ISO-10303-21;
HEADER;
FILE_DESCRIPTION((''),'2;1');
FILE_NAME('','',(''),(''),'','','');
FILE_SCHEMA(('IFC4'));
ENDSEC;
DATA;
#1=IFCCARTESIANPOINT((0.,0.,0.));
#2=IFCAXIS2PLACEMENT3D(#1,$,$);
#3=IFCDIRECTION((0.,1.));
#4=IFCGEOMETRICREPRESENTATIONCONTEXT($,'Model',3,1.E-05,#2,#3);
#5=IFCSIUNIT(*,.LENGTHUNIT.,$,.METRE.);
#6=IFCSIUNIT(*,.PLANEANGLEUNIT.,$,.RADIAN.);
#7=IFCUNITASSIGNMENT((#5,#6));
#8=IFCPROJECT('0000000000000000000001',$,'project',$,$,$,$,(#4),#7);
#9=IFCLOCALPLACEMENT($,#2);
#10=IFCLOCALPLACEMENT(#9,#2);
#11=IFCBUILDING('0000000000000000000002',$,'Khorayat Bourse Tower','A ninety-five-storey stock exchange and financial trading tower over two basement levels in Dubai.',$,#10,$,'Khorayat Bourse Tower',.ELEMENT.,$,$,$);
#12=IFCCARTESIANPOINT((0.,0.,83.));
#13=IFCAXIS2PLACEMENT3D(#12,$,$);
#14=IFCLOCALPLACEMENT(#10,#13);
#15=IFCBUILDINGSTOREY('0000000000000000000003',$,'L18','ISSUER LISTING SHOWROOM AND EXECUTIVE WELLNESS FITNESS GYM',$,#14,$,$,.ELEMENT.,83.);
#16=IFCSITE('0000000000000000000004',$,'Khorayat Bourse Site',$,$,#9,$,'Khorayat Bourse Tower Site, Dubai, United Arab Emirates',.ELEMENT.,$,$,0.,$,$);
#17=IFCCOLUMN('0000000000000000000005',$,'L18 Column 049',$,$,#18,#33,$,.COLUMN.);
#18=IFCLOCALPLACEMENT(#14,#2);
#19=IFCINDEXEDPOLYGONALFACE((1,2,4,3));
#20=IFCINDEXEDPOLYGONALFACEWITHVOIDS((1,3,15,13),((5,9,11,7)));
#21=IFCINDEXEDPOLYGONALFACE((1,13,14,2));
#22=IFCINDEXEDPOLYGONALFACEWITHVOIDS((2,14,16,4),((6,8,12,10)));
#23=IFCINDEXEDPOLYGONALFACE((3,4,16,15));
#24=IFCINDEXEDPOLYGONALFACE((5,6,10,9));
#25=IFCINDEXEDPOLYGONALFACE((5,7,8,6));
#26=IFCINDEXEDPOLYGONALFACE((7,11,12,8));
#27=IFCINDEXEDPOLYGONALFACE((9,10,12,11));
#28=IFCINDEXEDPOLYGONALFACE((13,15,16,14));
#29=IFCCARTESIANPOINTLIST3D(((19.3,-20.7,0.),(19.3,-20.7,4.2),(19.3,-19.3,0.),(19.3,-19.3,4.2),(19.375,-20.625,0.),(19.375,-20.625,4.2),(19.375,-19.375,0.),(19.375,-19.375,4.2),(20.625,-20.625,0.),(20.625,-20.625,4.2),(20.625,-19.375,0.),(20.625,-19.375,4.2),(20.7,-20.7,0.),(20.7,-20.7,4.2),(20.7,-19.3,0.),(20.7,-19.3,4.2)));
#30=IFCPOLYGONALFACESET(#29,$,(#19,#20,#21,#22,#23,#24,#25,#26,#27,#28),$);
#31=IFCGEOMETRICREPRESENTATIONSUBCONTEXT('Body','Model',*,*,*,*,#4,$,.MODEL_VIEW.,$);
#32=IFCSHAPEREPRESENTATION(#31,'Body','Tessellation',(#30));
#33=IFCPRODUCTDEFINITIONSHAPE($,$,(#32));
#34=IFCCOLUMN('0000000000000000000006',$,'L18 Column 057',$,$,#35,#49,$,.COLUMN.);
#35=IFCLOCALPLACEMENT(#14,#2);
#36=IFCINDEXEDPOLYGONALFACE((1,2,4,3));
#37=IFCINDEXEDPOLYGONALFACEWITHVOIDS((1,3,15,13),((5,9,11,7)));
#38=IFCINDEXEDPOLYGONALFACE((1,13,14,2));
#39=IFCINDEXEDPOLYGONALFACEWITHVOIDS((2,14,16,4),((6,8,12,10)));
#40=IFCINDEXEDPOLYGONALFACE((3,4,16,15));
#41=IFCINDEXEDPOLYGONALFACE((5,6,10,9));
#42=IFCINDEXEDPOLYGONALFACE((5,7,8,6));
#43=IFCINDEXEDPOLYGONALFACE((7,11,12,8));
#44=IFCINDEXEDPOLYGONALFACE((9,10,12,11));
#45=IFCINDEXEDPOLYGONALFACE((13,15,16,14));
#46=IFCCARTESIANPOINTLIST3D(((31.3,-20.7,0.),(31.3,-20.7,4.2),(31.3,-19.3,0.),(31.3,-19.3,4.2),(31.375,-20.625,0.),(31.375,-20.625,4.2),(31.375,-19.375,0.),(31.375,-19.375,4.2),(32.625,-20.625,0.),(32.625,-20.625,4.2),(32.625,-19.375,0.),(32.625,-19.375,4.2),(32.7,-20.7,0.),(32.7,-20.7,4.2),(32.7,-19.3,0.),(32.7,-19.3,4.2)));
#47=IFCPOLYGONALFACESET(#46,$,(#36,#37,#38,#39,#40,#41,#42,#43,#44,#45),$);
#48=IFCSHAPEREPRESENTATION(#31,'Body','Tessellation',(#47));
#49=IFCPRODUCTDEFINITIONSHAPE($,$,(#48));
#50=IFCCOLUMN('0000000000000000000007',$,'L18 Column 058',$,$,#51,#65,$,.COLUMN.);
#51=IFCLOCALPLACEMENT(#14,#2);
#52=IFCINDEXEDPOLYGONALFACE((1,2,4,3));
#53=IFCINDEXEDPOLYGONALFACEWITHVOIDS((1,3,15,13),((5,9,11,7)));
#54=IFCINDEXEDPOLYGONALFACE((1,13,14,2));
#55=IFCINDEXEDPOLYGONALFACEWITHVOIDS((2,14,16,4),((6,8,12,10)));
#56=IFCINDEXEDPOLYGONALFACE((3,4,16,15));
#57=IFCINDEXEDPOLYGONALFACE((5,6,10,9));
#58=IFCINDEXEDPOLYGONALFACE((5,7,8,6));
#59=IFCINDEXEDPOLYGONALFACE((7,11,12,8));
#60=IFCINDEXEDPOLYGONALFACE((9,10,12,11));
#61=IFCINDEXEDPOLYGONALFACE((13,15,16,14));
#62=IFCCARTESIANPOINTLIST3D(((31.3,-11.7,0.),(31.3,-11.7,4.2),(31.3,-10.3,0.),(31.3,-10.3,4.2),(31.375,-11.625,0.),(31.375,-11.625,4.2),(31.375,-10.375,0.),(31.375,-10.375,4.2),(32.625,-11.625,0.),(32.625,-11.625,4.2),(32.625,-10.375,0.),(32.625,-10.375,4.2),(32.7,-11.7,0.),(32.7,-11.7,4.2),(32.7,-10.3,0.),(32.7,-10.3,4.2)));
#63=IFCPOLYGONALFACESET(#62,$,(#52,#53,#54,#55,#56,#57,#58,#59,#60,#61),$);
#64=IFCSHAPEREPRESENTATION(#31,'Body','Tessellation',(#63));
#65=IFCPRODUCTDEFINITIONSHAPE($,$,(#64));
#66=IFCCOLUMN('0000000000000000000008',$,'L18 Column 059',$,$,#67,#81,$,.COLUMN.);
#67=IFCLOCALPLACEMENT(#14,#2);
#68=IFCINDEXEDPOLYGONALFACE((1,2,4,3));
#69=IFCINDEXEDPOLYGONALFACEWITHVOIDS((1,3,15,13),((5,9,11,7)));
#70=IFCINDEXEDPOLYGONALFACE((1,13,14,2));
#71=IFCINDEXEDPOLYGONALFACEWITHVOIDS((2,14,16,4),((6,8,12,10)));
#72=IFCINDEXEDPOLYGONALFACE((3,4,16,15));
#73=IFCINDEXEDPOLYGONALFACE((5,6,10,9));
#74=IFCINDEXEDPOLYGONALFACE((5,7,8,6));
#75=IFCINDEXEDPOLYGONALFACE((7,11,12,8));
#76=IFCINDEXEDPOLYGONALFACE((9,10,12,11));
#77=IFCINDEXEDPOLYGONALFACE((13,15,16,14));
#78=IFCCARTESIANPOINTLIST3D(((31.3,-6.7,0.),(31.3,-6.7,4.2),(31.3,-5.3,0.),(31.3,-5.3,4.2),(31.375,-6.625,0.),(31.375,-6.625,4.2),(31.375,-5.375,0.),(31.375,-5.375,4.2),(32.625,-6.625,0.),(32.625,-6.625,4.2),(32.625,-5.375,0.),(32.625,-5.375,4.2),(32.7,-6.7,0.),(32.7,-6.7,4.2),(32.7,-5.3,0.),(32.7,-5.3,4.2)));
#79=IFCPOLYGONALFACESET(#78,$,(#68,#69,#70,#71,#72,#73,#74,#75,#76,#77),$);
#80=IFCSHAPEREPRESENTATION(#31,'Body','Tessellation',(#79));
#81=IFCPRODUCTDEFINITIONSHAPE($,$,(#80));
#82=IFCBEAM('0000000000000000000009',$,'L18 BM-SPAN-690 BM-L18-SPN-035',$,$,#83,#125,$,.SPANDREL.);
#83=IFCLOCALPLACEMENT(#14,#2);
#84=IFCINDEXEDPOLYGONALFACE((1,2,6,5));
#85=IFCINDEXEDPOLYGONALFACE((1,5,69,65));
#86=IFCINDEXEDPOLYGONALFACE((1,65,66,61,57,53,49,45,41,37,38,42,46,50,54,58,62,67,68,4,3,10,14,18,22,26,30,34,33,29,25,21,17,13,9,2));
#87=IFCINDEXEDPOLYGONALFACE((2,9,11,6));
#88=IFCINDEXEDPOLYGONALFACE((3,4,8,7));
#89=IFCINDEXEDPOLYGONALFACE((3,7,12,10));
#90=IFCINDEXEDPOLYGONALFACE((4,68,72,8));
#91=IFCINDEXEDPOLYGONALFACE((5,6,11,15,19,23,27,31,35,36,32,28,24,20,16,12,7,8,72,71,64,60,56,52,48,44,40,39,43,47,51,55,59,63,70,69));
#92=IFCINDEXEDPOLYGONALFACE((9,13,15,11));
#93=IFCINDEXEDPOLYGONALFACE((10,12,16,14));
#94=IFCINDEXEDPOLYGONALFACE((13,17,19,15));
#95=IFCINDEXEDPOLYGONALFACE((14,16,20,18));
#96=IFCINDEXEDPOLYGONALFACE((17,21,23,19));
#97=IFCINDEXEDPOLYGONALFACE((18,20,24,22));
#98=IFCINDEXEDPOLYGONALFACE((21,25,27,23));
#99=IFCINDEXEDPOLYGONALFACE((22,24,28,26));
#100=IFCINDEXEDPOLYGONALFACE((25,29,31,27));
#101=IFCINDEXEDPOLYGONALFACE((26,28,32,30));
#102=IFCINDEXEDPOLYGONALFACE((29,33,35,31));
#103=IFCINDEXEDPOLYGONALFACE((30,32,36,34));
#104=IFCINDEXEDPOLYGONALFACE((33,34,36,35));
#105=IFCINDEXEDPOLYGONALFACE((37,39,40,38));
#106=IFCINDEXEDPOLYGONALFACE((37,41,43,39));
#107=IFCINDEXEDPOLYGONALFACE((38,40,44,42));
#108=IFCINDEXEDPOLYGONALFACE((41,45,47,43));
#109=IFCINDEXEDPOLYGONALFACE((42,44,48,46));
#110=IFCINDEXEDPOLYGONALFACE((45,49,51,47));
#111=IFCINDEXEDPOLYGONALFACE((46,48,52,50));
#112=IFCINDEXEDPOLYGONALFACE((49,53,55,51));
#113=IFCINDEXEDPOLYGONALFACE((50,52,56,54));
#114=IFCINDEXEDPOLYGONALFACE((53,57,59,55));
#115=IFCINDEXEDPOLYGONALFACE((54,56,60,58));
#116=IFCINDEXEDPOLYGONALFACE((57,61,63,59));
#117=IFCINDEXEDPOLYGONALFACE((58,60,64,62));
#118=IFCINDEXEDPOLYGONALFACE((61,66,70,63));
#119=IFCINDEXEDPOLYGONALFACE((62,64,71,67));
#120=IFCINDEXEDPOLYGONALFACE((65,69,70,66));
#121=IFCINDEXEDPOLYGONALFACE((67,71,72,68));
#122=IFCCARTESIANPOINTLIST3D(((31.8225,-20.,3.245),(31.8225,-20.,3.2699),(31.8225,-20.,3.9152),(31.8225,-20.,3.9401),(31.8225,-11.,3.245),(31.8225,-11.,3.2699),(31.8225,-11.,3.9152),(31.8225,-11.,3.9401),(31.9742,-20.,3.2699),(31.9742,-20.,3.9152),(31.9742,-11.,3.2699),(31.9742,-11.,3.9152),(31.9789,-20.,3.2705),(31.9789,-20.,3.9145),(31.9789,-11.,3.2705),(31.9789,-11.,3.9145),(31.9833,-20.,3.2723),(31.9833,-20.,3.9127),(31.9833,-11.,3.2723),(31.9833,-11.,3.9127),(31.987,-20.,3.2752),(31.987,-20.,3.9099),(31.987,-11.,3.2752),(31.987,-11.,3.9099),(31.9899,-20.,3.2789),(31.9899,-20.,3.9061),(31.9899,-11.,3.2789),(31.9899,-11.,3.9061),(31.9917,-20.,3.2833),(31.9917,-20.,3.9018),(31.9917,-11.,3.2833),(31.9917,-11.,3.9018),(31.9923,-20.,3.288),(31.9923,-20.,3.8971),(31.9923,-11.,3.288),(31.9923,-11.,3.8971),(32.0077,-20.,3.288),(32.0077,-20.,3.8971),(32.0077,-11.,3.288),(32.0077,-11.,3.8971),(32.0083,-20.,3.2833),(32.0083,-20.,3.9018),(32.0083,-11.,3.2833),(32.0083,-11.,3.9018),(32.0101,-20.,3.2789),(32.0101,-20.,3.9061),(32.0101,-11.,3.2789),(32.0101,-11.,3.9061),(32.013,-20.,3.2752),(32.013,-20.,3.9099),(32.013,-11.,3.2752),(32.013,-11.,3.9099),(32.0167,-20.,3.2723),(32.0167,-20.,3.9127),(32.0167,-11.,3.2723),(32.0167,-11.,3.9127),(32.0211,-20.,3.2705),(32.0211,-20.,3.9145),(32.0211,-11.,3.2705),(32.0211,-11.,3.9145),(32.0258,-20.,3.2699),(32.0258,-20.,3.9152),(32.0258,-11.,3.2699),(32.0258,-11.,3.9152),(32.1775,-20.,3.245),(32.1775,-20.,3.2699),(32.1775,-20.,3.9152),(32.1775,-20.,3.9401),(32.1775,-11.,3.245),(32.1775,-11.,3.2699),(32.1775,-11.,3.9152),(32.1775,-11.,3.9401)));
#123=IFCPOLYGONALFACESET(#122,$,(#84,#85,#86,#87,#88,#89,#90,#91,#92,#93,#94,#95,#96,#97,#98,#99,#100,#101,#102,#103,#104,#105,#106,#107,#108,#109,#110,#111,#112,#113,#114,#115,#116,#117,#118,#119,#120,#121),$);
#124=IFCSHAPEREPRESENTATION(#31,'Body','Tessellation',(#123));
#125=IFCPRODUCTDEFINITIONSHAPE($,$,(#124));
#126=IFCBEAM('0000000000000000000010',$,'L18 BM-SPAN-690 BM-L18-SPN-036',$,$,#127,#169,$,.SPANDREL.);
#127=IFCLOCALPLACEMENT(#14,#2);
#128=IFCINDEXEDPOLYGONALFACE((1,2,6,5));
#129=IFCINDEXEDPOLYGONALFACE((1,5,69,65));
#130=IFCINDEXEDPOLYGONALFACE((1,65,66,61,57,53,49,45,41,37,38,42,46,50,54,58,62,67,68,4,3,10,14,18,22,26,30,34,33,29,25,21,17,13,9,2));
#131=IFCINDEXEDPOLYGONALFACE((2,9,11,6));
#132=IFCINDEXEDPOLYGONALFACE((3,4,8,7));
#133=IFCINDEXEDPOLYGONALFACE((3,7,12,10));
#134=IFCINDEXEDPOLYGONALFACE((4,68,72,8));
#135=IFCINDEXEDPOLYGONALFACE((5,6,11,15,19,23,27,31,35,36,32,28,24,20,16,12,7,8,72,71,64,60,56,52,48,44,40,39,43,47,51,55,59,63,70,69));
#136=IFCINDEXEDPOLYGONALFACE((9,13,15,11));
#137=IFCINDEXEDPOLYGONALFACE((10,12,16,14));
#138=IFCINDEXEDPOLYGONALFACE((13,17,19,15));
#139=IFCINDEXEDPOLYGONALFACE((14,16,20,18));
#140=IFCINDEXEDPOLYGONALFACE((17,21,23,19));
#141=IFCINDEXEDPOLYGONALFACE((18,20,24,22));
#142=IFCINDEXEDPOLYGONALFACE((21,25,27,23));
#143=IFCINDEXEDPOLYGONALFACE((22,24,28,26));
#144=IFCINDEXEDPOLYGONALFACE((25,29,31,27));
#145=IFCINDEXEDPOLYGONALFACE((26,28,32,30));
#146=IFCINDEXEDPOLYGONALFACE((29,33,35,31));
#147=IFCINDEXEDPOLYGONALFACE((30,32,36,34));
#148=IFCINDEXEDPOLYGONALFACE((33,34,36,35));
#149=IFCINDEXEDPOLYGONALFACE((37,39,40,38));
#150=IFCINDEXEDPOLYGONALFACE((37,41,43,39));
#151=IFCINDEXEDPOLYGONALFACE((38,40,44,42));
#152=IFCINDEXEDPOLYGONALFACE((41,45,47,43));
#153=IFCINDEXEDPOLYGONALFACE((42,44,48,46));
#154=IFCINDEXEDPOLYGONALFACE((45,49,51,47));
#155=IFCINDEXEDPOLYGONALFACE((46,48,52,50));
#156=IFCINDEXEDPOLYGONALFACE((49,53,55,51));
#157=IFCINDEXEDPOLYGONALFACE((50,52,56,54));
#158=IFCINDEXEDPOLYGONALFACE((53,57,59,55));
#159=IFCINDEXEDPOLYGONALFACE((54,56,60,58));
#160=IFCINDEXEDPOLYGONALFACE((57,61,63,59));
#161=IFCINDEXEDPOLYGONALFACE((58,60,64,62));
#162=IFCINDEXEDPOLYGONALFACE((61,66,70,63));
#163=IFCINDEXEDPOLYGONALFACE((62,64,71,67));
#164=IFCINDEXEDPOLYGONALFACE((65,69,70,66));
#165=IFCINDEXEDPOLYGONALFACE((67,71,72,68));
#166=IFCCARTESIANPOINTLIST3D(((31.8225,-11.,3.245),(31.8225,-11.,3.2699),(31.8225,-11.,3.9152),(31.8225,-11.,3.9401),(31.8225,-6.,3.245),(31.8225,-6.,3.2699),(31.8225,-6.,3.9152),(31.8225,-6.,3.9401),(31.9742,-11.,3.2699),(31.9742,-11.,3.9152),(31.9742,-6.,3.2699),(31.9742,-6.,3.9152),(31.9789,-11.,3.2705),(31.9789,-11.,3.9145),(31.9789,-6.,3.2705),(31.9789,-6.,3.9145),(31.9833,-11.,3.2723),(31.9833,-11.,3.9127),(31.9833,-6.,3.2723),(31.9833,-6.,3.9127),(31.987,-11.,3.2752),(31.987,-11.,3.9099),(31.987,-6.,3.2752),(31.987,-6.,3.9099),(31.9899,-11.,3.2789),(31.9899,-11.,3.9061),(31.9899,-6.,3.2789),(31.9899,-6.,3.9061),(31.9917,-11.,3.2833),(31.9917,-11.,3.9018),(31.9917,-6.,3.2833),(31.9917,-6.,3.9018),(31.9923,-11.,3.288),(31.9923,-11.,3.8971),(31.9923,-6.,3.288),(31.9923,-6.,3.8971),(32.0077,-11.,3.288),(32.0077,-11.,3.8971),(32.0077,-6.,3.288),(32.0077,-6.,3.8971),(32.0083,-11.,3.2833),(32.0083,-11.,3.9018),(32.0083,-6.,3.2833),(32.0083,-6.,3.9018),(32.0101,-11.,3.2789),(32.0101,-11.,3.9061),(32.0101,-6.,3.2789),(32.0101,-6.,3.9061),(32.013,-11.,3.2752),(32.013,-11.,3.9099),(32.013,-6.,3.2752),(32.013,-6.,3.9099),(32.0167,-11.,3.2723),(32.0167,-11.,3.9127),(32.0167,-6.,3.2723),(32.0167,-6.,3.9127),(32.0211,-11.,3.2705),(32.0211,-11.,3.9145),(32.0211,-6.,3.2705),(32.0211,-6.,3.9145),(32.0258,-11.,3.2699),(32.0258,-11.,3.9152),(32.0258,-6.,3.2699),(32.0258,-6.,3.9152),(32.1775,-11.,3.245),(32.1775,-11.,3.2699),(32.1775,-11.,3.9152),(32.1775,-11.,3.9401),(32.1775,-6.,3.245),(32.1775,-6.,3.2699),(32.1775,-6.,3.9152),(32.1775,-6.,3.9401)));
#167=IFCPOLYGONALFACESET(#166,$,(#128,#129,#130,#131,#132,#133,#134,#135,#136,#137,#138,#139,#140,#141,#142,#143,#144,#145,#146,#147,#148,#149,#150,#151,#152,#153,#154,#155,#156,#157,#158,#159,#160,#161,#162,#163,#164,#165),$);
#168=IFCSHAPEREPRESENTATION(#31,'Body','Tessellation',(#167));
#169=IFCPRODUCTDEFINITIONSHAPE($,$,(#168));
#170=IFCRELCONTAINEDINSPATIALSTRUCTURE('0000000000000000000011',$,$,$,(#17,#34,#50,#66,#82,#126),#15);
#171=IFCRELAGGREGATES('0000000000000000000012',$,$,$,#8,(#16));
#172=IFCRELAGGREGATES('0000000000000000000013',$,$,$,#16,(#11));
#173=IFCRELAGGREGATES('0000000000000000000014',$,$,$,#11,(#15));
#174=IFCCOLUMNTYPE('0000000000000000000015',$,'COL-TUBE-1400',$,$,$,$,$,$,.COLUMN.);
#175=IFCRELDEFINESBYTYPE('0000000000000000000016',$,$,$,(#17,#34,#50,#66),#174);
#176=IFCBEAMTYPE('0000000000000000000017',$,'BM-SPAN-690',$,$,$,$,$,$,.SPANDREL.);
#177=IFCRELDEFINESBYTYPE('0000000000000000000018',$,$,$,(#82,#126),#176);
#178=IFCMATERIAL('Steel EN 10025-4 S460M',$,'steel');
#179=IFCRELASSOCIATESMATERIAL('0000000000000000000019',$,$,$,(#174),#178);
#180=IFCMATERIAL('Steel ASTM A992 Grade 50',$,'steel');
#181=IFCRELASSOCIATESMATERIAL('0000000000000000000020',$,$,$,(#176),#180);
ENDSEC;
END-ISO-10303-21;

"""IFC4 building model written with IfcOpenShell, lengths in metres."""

from ifc_helpers import new_model, si_unit, direction, frame, origin, origin_2d, place, context, subcontext, project, spatial, hollow_rectangle, i_section, extrude, source, transform, mapped, material, material_profile, profile_set, type_object, element, save


model = new_model("IFC4")

# Units and contexts
model_context = context("Model", 3, precision=1e-05, world=origin(), true_north=direction((0.0, 1.0)))
body_context = subcontext(model_context, "Body", "Model", "MODEL_VIEW")
ifc_project = project(units=[si_unit("LENGTHUNIT", "METRE"), si_unit("PLANEANGLEUNIT", "RADIAN")], contexts=[model_context])

# Site, building, storey
site_placement = place(None, origin())
site = spatial("IfcSite", under=ifc_project, at=site_placement, Name="Khorayat Bourse Site", LongName="Khorayat Bourse Tower Site, Dubai, United Arab Emirates", CompositionType="ELEMENT", RefElevation=0.0)
building_placement = place(site_placement, origin())
building = spatial("IfcBuilding", under=site, at=building_placement, Name="Khorayat Bourse Tower", Description="A ninety-five-storey stock exchange and financial trading tower over two basement levels in Dubai.", LongName="Khorayat Bourse Tower", CompositionType="ELEMENT")
storey_placement = place(building_placement, frame((0.0, 0.0, 83.0)))
storey = spatial("IfcBuildingStorey", under=building, at=storey_placement, Name="L18", Description="ISSUER LISTING SHOWROOM AND EXECUTIVE WELLNESS FITNESS GYM", CompositionType="ELEMENT", Elevation=83.0)

# Columns
ifc_material_1 = material(Name="Steel EN 10025-4 S460M", Category="steel")
ifc_material_profile_1 = material_profile(ifc_material_1, hollow_rectangle(XDim=1.3999, YDim=1.3999, WallThickness=0.075, at=origin_2d()), Name="BOX 1400x1400x75")
ifc_profile_set_1 = profile_set([ifc_material_profile_1], Name="Steel EN 10025-4 S460M")
column_type = type_object("IfcColumnType", Name="COL-TUBE-1400", PredefinedType="COLUMN", material=ifc_profile_set_1)
shared_shape_1 = source(origin(), body_context, "Body", "SweptSolid", [
    extrude(hollow_rectangle(XDim=1.3999, YDim=1.3999, WallThickness=0.075, at=origin_2d()), origin(), (0.0, 0.0, 1.0), 4.2),
])
for number, where, z_axis, x_axis, name in (
    (1, (20.0, -20.0, 0.0), (0.0, 0.0, 1.0), (1.0, 0.0, 0.0), "L18 Column 049"),
    (2, (32.0, -20.0, 0.0), (0.0, 0.0, 1.0), (1.0, 0.0, 0.0), "L18 Column 057"),
    (3, (32.0, -11.0, 0.0), (0.0, 0.0, 1.0), (1.0, 0.0, 0.0), "L18 Column 058"),
    (4, (32.0, -6.0, 0.0), (0.0, 0.0, 1.0), (1.0, 0.0, 0.0), "L18 Column 059"),
):
    element("IfcColumn", number, at=place(storey_placement, frame(where, z_axis=z_axis, x_axis=x_axis)), inside=storey, type_object=column_type, Name=name, PredefinedType="COLUMN", context=body_context, shape_type="MappedRepresentation", body=[
        mapped(shared_shape_1, transform((0.0, 0.0, 0.0), scale=1.0)),
    ])

# Beams
ifc_material_2 = material(Name="Steel ASTM A992 Grade 50", Category="steel")
ifc_material_profile_2 = material_profile(ifc_material_2, i_section(OverallWidth=0.355, OverallDepth=0.6951, WebThickness=0.0154, FlangeThickness=0.0249, FilletRadius=0.0181, at=origin_2d()), Name="W690X217")
ifc_profile_set_2 = profile_set([ifc_material_profile_2], Name="Steel ASTM A992 Grade 50")
beam_type_1 = type_object("IfcBeamType", Name="BM-SPAN-690", PredefinedType="SPANDREL", material=ifc_profile_set_2)
shared_shape_2 = source(origin(), body_context, "Body", "SweptSolid", [
    extrude(i_section(OverallWidth=0.355, OverallDepth=0.6951, WebThickness=0.0154, FlangeThickness=0.0249, FilletRadius=0.0181, at=origin_2d()), origin(), (0.0, 0.0, 1.0), 9.0),
])
beam_1_placement = place(storey_placement, frame((32.0, -20.0, 3.5925), z_axis=(0.0, 1.0, 0.0), x_axis=(-1.0, 0.0, 0.0)))
element("IfcBeam", 5, at=beam_1_placement, inside=storey, type_object=beam_type_1, Name="L18 BM-SPAN-690 BM-L18-SPN-035", PredefinedType="SPANDREL", context=body_context, shape_type="MappedRepresentation", body=[
    mapped(shared_shape_2, transform((0.0, 0.0, 0.0), scale=1.0)),
])
shared_shape_3 = source(origin(), body_context, "Body", "SweptSolid", [
    extrude(i_section(OverallWidth=0.355, OverallDepth=0.6951, WebThickness=0.0154, FlangeThickness=0.0249, FilletRadius=0.0181, at=origin_2d()), origin(), (0.0, 0.0, 1.0), 5.0),
])
beam_2_placement = place(storey_placement, frame((32.0, -11.0, 3.5925), z_axis=(0.0, 1.0, 0.0), x_axis=(-1.0, 0.0, 0.0)))
element("IfcBeam", 6, at=beam_2_placement, inside=storey, type_object=beam_type_1, Name="L18 BM-SPAN-690 BM-L18-SPN-036", PredefinedType="SPANDREL", context=body_context, shape_type="MappedRepresentation", body=[
    mapped(shared_shape_3, transform((0.0, 0.0, 0.0), scale=1.0)),
])

save(model, "model.ifc")
